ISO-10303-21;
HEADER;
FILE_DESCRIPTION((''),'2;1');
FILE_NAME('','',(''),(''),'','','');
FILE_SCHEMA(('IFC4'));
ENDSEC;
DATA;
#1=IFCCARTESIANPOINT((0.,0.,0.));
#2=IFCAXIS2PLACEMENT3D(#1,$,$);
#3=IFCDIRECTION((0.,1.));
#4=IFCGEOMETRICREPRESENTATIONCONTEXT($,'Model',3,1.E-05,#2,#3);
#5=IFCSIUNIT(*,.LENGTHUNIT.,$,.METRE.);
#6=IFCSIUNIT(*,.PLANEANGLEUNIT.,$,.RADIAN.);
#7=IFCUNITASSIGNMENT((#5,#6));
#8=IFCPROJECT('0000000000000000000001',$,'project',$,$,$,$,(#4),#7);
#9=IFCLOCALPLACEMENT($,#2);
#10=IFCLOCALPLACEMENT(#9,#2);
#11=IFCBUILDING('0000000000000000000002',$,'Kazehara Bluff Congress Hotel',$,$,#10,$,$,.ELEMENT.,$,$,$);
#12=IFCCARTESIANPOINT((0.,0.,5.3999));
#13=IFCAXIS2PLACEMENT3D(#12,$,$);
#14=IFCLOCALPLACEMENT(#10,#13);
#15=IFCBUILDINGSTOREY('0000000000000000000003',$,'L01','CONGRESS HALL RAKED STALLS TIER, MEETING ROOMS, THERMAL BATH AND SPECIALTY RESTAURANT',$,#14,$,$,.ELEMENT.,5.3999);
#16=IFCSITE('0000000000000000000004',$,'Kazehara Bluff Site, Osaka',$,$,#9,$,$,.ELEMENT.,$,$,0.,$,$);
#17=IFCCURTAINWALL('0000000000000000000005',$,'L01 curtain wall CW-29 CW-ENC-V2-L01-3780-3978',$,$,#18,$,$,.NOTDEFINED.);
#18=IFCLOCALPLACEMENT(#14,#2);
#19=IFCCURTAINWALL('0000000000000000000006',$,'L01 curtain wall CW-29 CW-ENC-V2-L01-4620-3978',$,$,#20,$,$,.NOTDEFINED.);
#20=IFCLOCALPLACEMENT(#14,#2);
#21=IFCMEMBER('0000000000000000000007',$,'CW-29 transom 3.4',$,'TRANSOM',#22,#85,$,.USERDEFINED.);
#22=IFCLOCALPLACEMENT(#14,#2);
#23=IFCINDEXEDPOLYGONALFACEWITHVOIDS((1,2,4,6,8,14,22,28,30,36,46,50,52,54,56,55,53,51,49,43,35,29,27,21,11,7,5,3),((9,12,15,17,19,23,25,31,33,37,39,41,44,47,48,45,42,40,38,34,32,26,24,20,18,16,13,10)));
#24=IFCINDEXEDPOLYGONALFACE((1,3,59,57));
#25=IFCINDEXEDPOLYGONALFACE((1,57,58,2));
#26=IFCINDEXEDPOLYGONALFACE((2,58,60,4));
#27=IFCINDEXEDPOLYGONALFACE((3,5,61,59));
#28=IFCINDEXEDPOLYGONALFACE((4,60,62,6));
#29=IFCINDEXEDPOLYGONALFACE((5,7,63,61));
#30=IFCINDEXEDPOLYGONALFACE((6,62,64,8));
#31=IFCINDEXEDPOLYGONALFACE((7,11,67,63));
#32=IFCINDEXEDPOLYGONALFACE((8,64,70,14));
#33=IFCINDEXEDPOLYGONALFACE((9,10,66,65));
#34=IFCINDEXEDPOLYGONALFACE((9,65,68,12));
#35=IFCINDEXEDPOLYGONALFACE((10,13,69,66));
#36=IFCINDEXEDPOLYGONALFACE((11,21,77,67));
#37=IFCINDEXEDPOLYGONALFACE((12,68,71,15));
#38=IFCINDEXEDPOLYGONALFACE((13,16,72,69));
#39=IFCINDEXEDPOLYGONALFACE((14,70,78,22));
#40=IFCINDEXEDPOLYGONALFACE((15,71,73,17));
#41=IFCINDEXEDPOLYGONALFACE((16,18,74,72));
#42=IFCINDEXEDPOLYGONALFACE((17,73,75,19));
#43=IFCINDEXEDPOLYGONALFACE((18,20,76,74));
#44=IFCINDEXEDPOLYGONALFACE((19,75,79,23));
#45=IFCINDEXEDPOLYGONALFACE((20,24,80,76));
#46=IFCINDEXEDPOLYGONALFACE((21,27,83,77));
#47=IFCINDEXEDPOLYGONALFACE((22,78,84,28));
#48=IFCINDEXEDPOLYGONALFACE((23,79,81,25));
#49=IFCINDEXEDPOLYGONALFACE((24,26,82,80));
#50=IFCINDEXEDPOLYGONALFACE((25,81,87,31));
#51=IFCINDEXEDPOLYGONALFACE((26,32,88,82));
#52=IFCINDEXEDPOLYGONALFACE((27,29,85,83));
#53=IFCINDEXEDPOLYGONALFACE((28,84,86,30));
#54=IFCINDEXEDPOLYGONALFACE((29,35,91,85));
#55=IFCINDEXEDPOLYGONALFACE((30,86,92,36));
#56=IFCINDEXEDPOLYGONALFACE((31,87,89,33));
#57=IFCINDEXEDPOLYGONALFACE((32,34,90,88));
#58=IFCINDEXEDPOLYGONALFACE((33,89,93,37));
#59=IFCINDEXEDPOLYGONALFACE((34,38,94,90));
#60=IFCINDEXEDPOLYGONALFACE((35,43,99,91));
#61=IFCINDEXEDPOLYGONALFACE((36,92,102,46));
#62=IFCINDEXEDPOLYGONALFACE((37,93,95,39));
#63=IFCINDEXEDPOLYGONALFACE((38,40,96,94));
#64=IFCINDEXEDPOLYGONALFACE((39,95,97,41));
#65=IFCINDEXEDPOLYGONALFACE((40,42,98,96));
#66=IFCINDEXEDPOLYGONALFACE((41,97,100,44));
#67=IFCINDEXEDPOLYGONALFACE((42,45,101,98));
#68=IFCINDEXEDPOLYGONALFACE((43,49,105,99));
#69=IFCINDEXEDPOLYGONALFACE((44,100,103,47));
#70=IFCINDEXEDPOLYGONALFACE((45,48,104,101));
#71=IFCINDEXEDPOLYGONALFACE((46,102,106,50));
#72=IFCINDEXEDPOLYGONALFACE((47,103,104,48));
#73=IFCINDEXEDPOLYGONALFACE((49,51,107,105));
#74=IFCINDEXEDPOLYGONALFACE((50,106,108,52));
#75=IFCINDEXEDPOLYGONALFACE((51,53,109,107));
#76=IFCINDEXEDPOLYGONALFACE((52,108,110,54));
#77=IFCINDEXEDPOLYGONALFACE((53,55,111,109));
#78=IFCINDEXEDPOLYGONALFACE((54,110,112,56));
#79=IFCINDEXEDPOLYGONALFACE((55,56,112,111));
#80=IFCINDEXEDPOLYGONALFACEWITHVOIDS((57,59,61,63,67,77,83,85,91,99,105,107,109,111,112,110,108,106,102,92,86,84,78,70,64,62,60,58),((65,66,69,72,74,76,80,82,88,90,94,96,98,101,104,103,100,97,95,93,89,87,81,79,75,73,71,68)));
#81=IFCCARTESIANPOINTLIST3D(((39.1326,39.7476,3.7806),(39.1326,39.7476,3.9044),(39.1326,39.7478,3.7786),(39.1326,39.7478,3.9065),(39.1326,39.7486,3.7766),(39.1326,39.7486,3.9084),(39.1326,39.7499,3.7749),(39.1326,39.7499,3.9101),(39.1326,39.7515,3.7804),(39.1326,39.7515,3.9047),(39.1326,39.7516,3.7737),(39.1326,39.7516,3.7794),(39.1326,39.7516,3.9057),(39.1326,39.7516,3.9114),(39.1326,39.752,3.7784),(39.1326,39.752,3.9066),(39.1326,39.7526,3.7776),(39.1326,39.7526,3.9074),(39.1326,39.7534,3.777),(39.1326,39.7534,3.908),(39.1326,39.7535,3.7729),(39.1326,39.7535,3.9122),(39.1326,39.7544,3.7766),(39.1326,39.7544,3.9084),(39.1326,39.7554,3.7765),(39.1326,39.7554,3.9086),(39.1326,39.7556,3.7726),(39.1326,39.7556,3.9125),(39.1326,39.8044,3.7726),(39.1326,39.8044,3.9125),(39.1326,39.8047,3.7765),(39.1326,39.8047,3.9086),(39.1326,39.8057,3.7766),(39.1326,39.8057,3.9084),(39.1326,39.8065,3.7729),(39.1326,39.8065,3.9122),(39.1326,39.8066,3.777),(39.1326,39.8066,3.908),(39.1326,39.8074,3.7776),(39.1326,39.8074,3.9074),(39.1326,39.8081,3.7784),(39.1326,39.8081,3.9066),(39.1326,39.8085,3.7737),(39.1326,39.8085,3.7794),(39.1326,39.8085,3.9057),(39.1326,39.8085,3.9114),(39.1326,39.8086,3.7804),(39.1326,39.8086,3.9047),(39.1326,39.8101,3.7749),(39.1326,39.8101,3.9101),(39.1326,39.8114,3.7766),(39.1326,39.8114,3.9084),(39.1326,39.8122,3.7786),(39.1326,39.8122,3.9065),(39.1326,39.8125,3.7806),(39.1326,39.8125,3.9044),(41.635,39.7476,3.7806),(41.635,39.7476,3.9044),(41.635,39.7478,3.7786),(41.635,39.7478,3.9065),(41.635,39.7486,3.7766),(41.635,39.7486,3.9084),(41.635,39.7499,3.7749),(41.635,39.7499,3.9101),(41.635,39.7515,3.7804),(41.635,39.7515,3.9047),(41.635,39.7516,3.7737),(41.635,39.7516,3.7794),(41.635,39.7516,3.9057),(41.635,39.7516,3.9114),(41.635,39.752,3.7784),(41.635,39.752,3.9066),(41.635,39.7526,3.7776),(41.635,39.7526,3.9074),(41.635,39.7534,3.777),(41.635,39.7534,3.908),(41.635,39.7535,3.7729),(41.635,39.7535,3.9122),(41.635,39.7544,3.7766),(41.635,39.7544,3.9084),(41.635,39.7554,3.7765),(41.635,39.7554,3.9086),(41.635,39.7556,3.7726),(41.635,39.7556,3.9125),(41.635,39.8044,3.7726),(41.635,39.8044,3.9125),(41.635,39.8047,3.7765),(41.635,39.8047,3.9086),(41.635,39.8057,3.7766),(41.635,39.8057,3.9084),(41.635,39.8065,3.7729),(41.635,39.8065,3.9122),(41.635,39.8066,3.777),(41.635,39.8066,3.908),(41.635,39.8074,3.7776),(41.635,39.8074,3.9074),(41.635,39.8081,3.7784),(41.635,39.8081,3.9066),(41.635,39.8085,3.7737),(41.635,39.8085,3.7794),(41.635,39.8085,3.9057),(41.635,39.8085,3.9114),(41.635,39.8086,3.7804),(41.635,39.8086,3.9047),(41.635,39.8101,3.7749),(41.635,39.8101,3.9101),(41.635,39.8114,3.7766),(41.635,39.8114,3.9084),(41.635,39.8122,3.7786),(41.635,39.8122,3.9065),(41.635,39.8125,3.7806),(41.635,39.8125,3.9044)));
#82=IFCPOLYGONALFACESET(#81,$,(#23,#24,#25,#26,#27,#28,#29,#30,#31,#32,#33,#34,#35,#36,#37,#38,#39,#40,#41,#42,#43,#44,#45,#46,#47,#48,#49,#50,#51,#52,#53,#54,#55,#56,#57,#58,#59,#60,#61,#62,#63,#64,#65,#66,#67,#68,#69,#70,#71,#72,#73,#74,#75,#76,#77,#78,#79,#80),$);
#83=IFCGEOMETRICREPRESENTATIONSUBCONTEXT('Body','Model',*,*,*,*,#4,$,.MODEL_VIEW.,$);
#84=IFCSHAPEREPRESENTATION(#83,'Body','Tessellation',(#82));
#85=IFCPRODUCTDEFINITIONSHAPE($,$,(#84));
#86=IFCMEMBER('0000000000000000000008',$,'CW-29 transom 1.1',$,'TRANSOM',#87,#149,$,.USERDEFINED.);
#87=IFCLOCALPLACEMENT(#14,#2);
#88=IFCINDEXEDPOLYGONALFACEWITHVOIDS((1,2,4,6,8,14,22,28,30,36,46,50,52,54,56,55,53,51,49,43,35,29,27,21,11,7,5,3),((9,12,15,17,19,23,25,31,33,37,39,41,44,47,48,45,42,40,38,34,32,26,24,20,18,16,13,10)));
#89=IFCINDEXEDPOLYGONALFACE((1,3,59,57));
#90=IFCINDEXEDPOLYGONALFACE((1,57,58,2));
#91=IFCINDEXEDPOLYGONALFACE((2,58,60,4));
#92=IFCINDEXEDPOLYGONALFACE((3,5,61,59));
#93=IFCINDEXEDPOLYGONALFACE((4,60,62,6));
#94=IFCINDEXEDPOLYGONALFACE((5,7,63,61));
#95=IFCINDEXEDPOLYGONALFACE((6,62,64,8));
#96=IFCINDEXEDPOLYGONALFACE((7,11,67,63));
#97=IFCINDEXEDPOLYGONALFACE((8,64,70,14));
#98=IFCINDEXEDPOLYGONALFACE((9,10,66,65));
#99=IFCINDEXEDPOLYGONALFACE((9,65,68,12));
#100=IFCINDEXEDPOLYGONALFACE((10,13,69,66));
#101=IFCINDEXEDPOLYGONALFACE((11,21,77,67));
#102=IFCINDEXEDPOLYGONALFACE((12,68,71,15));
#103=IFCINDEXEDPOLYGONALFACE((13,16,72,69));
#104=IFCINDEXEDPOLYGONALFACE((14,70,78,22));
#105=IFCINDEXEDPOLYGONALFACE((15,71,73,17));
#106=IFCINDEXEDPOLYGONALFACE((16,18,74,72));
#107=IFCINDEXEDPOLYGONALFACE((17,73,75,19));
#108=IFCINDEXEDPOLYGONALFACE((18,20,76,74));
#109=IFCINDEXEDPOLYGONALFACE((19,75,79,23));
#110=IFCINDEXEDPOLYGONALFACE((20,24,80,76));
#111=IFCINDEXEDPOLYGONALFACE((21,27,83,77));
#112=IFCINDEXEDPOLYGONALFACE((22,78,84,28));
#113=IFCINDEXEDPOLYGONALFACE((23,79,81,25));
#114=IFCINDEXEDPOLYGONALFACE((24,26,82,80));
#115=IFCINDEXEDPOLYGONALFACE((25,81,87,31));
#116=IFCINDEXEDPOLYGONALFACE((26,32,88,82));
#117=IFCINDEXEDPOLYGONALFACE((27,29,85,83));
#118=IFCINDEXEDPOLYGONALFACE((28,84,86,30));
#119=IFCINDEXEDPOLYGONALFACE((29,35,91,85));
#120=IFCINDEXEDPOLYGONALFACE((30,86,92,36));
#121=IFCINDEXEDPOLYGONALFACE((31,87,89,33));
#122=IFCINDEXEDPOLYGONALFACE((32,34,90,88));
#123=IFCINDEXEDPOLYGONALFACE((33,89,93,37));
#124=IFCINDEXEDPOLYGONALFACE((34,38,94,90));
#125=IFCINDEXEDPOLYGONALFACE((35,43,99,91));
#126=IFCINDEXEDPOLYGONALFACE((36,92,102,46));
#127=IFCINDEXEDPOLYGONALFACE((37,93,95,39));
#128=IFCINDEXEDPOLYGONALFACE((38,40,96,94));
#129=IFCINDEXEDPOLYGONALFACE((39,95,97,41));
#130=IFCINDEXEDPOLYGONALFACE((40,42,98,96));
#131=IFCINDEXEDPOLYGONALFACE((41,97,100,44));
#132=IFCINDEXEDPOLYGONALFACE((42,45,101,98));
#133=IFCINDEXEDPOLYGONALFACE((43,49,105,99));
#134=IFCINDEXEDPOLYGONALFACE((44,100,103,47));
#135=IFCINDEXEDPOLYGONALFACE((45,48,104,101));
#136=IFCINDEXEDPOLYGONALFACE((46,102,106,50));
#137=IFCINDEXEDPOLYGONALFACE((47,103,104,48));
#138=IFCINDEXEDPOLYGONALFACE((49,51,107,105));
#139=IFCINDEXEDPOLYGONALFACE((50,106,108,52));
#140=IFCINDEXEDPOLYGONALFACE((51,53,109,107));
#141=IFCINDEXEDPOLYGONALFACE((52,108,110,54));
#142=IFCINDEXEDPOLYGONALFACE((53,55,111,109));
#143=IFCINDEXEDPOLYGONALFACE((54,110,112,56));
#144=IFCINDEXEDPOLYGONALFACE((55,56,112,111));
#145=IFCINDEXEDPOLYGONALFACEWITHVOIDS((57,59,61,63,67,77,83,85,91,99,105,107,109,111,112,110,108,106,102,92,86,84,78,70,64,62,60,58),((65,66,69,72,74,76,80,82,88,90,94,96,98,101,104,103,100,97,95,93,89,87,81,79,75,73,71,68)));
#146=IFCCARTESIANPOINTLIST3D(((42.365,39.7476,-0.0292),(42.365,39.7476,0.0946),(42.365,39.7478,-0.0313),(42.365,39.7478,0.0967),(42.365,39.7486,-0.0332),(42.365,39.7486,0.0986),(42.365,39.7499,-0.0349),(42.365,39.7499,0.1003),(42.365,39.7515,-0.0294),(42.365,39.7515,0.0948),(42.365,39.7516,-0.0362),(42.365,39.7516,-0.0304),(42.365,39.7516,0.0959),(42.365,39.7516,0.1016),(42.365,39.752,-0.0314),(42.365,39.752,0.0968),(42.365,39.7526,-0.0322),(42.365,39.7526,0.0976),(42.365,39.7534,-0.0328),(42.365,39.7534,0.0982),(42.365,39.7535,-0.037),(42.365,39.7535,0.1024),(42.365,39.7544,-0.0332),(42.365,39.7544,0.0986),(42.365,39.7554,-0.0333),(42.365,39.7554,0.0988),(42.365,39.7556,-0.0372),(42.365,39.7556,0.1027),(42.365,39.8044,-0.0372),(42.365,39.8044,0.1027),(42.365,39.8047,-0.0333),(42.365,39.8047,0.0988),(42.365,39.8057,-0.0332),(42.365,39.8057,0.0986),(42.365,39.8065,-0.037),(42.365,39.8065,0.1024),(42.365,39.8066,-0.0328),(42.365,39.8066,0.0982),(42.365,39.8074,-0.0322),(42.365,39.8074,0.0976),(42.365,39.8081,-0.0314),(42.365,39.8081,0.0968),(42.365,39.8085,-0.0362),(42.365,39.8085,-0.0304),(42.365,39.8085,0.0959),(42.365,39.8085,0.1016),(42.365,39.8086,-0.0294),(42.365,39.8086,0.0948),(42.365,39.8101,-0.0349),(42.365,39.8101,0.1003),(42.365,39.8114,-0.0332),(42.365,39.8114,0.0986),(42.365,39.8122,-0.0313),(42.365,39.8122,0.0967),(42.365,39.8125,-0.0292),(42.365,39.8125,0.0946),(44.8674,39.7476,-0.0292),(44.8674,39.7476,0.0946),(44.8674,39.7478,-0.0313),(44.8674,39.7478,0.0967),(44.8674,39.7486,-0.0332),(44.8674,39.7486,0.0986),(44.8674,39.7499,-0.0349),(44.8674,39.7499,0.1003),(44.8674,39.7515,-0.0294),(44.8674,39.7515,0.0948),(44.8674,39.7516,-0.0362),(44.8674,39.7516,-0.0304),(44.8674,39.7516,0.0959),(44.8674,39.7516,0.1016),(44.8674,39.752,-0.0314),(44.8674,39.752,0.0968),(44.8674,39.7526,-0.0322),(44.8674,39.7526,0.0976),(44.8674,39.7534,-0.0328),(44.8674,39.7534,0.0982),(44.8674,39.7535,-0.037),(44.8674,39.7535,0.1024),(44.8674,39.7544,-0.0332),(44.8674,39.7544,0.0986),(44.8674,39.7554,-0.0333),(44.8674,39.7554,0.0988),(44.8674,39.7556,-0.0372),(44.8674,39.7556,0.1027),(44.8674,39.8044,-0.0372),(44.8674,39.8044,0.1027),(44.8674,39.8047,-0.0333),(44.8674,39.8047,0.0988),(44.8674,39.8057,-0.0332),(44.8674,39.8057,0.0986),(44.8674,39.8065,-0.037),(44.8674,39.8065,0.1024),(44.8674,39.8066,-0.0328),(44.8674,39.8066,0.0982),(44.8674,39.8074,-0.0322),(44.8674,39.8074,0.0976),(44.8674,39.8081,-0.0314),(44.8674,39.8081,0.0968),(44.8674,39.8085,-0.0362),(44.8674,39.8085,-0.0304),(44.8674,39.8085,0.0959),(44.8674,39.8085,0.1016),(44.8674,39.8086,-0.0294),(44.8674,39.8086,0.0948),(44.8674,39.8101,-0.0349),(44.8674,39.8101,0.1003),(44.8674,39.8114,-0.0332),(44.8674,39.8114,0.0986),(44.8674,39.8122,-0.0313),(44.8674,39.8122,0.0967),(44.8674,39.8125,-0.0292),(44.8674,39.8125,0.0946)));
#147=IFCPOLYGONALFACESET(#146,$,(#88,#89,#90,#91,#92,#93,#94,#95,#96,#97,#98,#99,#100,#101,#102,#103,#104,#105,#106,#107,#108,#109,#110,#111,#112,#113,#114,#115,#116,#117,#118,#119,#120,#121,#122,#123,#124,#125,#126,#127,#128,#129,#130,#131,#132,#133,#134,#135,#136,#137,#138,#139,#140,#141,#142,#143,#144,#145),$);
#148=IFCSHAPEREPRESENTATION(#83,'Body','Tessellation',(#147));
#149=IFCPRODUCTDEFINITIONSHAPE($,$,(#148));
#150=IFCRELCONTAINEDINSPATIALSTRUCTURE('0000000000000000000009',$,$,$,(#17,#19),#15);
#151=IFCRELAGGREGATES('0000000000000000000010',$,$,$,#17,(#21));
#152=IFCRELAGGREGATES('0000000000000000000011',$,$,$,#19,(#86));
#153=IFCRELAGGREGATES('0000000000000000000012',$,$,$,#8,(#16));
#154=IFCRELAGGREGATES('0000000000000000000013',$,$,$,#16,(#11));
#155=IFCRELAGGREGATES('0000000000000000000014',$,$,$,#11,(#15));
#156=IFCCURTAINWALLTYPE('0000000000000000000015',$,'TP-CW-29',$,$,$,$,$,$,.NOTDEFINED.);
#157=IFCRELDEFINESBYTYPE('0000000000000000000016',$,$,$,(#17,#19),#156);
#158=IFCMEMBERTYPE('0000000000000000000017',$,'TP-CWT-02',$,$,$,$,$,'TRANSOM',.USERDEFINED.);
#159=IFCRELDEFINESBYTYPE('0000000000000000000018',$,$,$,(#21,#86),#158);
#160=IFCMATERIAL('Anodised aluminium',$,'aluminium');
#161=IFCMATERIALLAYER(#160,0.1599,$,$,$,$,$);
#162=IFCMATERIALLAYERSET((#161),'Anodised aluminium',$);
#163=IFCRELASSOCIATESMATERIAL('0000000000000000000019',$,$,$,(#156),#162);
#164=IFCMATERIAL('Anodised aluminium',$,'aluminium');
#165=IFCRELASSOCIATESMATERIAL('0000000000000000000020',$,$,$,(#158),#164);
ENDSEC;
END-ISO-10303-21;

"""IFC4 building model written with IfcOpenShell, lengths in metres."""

from ifc_helpers import new_model, si_unit, direction, frame, origin, origin_2d, place, context, subcontext, project, spatial, hollow_rectangle, extrude, material, layer, layer_set, material_profile, profile_set, type_object, element, aggregate, save


model = new_model("IFC4")

# Units and contexts
model_context = context("Model", 3, precision=1e-05, world=origin(), true_north=direction((0.0, 1.0)))
body_context = subcontext(model_context, "Body", "Model", "MODEL_VIEW")
ifc_project = project(units=[si_unit("LENGTHUNIT", "METRE"), si_unit("PLANEANGLEUNIT", "RADIAN")], contexts=[model_context])

# Site, building, storey
site_placement = place(None, origin())
site = spatial("IfcSite", under=ifc_project, at=site_placement, Name="Kazehara Bluff Site, Osaka", CompositionType="ELEMENT", RefElevation=0.0)
building_placement = place(site_placement, origin())
building = spatial("IfcBuilding", under=site, at=building_placement, Name="Kazehara Bluff Congress Hotel", CompositionType="ELEMENT")
storey_placement = place(building_placement, frame((0.0, 0.0, 5.3999)))
storey = spatial("IfcBuildingStorey", under=building, at=storey_placement, Name="L01", Description="CONGRESS HALL RAKED STALLS TIER, MEETING ROOMS, THERMAL BATH AND SPECIALTY RESTAURANT", CompositionType="ELEMENT", Elevation=5.3999)

# Curtain walls
ifc_material_1 = material(Name="Anodised aluminium", Category="aluminium")
ifc_layer_1 = layer(ifc_material_1, 0.1599)
ifc_layer_set_1 = layer_set([ifc_layer_1], Name="Anodised aluminium")
curtain_wall_type = type_object("IfcCurtainWallType", Name="TP-CW-29", PredefinedType="NOTDEFINED", material=ifc_layer_set_1)
curtain_wall_1_placement = place(storey_placement, origin())
curtain_wall_1 = element("IfcCurtainWall", 1, at=curtain_wall_1_placement, inside=storey, type_object=curtain_wall_type, Name="L01 curtain wall CW-29 CW-ENC-V2-L01-3780-3978", PredefinedType="NOTDEFINED")
curtain_wall_2_placement = place(storey_placement, origin())
curtain_wall_2 = element("IfcCurtainWall", 2, at=curtain_wall_2_placement, inside=storey, type_object=curtain_wall_type, Name="L01 curtain wall CW-29 CW-ENC-V2-L01-4620-3978", PredefinedType="NOTDEFINED")

# Members
ifc_material_2 = material(Name="Anodised aluminium", Category="aluminium")
ifc_material_profile_1 = material_profile(ifc_material_2, hollow_rectangle(XDim=0.0649, YDim=0.1399, WallThickness=0.0039, InnerFilletRadius=0.0039, OuterFilletRadius=0.0081, at=origin_2d()))
ifc_profile_set_1 = profile_set([ifc_material_profile_1], Name="Anodised aluminium")
member_type_1 = type_object("IfcMemberType", Name="TP-CWT-02", ElementType="TRANSOM", PredefinedType="USERDEFINED", material=ifc_profile_set_1)
member_1_placement = place(storey_placement, frame((39.1326, 39.78, 3.8425), z_axis=(1.0, 0.0, 0.0), x_axis=(0.0, 1.0, 0.0)))
member_1 = element("IfcMember", 3, at=member_1_placement, type_object=member_type_1, Name="CW-29 transom 3.4", ObjectType="TRANSOM", PredefinedType="USERDEFINED", context=body_context, shape_type="SweptSolid", body=[
    extrude(hollow_rectangle(XDim=0.0649, YDim=0.1399, WallThickness=0.0039, InnerFilletRadius=0.0039, OuterFilletRadius=0.0081, at=origin_2d()), origin(), (0.0, 0.0, 1.0), 2.5024),
])
member_2_placement = place(storey_placement, frame((42.365, 39.78, 0.0327), z_axis=(1.0, 0.0, 0.0), x_axis=(0.0, 1.0, 0.0)))
member_2 = element("IfcMember", 4, at=member_2_placement, type_object=member_type_1, Name="CW-29 transom 1.1", ObjectType="TRANSOM", PredefinedType="USERDEFINED", context=body_context, shape_type="SweptSolid", body=[
    extrude(hollow_rectangle(XDim=0.0649, YDim=0.1399, WallThickness=0.0039, InnerFilletRadius=0.0039, OuterFilletRadius=0.0081, at=origin_2d()), origin(), (0.0, 0.0, 1.0), 2.5024),
])

aggregate(curtain_wall_1, [member_1])
aggregate(curtain_wall_2, [member_2])

save(model, "model.ifc")
